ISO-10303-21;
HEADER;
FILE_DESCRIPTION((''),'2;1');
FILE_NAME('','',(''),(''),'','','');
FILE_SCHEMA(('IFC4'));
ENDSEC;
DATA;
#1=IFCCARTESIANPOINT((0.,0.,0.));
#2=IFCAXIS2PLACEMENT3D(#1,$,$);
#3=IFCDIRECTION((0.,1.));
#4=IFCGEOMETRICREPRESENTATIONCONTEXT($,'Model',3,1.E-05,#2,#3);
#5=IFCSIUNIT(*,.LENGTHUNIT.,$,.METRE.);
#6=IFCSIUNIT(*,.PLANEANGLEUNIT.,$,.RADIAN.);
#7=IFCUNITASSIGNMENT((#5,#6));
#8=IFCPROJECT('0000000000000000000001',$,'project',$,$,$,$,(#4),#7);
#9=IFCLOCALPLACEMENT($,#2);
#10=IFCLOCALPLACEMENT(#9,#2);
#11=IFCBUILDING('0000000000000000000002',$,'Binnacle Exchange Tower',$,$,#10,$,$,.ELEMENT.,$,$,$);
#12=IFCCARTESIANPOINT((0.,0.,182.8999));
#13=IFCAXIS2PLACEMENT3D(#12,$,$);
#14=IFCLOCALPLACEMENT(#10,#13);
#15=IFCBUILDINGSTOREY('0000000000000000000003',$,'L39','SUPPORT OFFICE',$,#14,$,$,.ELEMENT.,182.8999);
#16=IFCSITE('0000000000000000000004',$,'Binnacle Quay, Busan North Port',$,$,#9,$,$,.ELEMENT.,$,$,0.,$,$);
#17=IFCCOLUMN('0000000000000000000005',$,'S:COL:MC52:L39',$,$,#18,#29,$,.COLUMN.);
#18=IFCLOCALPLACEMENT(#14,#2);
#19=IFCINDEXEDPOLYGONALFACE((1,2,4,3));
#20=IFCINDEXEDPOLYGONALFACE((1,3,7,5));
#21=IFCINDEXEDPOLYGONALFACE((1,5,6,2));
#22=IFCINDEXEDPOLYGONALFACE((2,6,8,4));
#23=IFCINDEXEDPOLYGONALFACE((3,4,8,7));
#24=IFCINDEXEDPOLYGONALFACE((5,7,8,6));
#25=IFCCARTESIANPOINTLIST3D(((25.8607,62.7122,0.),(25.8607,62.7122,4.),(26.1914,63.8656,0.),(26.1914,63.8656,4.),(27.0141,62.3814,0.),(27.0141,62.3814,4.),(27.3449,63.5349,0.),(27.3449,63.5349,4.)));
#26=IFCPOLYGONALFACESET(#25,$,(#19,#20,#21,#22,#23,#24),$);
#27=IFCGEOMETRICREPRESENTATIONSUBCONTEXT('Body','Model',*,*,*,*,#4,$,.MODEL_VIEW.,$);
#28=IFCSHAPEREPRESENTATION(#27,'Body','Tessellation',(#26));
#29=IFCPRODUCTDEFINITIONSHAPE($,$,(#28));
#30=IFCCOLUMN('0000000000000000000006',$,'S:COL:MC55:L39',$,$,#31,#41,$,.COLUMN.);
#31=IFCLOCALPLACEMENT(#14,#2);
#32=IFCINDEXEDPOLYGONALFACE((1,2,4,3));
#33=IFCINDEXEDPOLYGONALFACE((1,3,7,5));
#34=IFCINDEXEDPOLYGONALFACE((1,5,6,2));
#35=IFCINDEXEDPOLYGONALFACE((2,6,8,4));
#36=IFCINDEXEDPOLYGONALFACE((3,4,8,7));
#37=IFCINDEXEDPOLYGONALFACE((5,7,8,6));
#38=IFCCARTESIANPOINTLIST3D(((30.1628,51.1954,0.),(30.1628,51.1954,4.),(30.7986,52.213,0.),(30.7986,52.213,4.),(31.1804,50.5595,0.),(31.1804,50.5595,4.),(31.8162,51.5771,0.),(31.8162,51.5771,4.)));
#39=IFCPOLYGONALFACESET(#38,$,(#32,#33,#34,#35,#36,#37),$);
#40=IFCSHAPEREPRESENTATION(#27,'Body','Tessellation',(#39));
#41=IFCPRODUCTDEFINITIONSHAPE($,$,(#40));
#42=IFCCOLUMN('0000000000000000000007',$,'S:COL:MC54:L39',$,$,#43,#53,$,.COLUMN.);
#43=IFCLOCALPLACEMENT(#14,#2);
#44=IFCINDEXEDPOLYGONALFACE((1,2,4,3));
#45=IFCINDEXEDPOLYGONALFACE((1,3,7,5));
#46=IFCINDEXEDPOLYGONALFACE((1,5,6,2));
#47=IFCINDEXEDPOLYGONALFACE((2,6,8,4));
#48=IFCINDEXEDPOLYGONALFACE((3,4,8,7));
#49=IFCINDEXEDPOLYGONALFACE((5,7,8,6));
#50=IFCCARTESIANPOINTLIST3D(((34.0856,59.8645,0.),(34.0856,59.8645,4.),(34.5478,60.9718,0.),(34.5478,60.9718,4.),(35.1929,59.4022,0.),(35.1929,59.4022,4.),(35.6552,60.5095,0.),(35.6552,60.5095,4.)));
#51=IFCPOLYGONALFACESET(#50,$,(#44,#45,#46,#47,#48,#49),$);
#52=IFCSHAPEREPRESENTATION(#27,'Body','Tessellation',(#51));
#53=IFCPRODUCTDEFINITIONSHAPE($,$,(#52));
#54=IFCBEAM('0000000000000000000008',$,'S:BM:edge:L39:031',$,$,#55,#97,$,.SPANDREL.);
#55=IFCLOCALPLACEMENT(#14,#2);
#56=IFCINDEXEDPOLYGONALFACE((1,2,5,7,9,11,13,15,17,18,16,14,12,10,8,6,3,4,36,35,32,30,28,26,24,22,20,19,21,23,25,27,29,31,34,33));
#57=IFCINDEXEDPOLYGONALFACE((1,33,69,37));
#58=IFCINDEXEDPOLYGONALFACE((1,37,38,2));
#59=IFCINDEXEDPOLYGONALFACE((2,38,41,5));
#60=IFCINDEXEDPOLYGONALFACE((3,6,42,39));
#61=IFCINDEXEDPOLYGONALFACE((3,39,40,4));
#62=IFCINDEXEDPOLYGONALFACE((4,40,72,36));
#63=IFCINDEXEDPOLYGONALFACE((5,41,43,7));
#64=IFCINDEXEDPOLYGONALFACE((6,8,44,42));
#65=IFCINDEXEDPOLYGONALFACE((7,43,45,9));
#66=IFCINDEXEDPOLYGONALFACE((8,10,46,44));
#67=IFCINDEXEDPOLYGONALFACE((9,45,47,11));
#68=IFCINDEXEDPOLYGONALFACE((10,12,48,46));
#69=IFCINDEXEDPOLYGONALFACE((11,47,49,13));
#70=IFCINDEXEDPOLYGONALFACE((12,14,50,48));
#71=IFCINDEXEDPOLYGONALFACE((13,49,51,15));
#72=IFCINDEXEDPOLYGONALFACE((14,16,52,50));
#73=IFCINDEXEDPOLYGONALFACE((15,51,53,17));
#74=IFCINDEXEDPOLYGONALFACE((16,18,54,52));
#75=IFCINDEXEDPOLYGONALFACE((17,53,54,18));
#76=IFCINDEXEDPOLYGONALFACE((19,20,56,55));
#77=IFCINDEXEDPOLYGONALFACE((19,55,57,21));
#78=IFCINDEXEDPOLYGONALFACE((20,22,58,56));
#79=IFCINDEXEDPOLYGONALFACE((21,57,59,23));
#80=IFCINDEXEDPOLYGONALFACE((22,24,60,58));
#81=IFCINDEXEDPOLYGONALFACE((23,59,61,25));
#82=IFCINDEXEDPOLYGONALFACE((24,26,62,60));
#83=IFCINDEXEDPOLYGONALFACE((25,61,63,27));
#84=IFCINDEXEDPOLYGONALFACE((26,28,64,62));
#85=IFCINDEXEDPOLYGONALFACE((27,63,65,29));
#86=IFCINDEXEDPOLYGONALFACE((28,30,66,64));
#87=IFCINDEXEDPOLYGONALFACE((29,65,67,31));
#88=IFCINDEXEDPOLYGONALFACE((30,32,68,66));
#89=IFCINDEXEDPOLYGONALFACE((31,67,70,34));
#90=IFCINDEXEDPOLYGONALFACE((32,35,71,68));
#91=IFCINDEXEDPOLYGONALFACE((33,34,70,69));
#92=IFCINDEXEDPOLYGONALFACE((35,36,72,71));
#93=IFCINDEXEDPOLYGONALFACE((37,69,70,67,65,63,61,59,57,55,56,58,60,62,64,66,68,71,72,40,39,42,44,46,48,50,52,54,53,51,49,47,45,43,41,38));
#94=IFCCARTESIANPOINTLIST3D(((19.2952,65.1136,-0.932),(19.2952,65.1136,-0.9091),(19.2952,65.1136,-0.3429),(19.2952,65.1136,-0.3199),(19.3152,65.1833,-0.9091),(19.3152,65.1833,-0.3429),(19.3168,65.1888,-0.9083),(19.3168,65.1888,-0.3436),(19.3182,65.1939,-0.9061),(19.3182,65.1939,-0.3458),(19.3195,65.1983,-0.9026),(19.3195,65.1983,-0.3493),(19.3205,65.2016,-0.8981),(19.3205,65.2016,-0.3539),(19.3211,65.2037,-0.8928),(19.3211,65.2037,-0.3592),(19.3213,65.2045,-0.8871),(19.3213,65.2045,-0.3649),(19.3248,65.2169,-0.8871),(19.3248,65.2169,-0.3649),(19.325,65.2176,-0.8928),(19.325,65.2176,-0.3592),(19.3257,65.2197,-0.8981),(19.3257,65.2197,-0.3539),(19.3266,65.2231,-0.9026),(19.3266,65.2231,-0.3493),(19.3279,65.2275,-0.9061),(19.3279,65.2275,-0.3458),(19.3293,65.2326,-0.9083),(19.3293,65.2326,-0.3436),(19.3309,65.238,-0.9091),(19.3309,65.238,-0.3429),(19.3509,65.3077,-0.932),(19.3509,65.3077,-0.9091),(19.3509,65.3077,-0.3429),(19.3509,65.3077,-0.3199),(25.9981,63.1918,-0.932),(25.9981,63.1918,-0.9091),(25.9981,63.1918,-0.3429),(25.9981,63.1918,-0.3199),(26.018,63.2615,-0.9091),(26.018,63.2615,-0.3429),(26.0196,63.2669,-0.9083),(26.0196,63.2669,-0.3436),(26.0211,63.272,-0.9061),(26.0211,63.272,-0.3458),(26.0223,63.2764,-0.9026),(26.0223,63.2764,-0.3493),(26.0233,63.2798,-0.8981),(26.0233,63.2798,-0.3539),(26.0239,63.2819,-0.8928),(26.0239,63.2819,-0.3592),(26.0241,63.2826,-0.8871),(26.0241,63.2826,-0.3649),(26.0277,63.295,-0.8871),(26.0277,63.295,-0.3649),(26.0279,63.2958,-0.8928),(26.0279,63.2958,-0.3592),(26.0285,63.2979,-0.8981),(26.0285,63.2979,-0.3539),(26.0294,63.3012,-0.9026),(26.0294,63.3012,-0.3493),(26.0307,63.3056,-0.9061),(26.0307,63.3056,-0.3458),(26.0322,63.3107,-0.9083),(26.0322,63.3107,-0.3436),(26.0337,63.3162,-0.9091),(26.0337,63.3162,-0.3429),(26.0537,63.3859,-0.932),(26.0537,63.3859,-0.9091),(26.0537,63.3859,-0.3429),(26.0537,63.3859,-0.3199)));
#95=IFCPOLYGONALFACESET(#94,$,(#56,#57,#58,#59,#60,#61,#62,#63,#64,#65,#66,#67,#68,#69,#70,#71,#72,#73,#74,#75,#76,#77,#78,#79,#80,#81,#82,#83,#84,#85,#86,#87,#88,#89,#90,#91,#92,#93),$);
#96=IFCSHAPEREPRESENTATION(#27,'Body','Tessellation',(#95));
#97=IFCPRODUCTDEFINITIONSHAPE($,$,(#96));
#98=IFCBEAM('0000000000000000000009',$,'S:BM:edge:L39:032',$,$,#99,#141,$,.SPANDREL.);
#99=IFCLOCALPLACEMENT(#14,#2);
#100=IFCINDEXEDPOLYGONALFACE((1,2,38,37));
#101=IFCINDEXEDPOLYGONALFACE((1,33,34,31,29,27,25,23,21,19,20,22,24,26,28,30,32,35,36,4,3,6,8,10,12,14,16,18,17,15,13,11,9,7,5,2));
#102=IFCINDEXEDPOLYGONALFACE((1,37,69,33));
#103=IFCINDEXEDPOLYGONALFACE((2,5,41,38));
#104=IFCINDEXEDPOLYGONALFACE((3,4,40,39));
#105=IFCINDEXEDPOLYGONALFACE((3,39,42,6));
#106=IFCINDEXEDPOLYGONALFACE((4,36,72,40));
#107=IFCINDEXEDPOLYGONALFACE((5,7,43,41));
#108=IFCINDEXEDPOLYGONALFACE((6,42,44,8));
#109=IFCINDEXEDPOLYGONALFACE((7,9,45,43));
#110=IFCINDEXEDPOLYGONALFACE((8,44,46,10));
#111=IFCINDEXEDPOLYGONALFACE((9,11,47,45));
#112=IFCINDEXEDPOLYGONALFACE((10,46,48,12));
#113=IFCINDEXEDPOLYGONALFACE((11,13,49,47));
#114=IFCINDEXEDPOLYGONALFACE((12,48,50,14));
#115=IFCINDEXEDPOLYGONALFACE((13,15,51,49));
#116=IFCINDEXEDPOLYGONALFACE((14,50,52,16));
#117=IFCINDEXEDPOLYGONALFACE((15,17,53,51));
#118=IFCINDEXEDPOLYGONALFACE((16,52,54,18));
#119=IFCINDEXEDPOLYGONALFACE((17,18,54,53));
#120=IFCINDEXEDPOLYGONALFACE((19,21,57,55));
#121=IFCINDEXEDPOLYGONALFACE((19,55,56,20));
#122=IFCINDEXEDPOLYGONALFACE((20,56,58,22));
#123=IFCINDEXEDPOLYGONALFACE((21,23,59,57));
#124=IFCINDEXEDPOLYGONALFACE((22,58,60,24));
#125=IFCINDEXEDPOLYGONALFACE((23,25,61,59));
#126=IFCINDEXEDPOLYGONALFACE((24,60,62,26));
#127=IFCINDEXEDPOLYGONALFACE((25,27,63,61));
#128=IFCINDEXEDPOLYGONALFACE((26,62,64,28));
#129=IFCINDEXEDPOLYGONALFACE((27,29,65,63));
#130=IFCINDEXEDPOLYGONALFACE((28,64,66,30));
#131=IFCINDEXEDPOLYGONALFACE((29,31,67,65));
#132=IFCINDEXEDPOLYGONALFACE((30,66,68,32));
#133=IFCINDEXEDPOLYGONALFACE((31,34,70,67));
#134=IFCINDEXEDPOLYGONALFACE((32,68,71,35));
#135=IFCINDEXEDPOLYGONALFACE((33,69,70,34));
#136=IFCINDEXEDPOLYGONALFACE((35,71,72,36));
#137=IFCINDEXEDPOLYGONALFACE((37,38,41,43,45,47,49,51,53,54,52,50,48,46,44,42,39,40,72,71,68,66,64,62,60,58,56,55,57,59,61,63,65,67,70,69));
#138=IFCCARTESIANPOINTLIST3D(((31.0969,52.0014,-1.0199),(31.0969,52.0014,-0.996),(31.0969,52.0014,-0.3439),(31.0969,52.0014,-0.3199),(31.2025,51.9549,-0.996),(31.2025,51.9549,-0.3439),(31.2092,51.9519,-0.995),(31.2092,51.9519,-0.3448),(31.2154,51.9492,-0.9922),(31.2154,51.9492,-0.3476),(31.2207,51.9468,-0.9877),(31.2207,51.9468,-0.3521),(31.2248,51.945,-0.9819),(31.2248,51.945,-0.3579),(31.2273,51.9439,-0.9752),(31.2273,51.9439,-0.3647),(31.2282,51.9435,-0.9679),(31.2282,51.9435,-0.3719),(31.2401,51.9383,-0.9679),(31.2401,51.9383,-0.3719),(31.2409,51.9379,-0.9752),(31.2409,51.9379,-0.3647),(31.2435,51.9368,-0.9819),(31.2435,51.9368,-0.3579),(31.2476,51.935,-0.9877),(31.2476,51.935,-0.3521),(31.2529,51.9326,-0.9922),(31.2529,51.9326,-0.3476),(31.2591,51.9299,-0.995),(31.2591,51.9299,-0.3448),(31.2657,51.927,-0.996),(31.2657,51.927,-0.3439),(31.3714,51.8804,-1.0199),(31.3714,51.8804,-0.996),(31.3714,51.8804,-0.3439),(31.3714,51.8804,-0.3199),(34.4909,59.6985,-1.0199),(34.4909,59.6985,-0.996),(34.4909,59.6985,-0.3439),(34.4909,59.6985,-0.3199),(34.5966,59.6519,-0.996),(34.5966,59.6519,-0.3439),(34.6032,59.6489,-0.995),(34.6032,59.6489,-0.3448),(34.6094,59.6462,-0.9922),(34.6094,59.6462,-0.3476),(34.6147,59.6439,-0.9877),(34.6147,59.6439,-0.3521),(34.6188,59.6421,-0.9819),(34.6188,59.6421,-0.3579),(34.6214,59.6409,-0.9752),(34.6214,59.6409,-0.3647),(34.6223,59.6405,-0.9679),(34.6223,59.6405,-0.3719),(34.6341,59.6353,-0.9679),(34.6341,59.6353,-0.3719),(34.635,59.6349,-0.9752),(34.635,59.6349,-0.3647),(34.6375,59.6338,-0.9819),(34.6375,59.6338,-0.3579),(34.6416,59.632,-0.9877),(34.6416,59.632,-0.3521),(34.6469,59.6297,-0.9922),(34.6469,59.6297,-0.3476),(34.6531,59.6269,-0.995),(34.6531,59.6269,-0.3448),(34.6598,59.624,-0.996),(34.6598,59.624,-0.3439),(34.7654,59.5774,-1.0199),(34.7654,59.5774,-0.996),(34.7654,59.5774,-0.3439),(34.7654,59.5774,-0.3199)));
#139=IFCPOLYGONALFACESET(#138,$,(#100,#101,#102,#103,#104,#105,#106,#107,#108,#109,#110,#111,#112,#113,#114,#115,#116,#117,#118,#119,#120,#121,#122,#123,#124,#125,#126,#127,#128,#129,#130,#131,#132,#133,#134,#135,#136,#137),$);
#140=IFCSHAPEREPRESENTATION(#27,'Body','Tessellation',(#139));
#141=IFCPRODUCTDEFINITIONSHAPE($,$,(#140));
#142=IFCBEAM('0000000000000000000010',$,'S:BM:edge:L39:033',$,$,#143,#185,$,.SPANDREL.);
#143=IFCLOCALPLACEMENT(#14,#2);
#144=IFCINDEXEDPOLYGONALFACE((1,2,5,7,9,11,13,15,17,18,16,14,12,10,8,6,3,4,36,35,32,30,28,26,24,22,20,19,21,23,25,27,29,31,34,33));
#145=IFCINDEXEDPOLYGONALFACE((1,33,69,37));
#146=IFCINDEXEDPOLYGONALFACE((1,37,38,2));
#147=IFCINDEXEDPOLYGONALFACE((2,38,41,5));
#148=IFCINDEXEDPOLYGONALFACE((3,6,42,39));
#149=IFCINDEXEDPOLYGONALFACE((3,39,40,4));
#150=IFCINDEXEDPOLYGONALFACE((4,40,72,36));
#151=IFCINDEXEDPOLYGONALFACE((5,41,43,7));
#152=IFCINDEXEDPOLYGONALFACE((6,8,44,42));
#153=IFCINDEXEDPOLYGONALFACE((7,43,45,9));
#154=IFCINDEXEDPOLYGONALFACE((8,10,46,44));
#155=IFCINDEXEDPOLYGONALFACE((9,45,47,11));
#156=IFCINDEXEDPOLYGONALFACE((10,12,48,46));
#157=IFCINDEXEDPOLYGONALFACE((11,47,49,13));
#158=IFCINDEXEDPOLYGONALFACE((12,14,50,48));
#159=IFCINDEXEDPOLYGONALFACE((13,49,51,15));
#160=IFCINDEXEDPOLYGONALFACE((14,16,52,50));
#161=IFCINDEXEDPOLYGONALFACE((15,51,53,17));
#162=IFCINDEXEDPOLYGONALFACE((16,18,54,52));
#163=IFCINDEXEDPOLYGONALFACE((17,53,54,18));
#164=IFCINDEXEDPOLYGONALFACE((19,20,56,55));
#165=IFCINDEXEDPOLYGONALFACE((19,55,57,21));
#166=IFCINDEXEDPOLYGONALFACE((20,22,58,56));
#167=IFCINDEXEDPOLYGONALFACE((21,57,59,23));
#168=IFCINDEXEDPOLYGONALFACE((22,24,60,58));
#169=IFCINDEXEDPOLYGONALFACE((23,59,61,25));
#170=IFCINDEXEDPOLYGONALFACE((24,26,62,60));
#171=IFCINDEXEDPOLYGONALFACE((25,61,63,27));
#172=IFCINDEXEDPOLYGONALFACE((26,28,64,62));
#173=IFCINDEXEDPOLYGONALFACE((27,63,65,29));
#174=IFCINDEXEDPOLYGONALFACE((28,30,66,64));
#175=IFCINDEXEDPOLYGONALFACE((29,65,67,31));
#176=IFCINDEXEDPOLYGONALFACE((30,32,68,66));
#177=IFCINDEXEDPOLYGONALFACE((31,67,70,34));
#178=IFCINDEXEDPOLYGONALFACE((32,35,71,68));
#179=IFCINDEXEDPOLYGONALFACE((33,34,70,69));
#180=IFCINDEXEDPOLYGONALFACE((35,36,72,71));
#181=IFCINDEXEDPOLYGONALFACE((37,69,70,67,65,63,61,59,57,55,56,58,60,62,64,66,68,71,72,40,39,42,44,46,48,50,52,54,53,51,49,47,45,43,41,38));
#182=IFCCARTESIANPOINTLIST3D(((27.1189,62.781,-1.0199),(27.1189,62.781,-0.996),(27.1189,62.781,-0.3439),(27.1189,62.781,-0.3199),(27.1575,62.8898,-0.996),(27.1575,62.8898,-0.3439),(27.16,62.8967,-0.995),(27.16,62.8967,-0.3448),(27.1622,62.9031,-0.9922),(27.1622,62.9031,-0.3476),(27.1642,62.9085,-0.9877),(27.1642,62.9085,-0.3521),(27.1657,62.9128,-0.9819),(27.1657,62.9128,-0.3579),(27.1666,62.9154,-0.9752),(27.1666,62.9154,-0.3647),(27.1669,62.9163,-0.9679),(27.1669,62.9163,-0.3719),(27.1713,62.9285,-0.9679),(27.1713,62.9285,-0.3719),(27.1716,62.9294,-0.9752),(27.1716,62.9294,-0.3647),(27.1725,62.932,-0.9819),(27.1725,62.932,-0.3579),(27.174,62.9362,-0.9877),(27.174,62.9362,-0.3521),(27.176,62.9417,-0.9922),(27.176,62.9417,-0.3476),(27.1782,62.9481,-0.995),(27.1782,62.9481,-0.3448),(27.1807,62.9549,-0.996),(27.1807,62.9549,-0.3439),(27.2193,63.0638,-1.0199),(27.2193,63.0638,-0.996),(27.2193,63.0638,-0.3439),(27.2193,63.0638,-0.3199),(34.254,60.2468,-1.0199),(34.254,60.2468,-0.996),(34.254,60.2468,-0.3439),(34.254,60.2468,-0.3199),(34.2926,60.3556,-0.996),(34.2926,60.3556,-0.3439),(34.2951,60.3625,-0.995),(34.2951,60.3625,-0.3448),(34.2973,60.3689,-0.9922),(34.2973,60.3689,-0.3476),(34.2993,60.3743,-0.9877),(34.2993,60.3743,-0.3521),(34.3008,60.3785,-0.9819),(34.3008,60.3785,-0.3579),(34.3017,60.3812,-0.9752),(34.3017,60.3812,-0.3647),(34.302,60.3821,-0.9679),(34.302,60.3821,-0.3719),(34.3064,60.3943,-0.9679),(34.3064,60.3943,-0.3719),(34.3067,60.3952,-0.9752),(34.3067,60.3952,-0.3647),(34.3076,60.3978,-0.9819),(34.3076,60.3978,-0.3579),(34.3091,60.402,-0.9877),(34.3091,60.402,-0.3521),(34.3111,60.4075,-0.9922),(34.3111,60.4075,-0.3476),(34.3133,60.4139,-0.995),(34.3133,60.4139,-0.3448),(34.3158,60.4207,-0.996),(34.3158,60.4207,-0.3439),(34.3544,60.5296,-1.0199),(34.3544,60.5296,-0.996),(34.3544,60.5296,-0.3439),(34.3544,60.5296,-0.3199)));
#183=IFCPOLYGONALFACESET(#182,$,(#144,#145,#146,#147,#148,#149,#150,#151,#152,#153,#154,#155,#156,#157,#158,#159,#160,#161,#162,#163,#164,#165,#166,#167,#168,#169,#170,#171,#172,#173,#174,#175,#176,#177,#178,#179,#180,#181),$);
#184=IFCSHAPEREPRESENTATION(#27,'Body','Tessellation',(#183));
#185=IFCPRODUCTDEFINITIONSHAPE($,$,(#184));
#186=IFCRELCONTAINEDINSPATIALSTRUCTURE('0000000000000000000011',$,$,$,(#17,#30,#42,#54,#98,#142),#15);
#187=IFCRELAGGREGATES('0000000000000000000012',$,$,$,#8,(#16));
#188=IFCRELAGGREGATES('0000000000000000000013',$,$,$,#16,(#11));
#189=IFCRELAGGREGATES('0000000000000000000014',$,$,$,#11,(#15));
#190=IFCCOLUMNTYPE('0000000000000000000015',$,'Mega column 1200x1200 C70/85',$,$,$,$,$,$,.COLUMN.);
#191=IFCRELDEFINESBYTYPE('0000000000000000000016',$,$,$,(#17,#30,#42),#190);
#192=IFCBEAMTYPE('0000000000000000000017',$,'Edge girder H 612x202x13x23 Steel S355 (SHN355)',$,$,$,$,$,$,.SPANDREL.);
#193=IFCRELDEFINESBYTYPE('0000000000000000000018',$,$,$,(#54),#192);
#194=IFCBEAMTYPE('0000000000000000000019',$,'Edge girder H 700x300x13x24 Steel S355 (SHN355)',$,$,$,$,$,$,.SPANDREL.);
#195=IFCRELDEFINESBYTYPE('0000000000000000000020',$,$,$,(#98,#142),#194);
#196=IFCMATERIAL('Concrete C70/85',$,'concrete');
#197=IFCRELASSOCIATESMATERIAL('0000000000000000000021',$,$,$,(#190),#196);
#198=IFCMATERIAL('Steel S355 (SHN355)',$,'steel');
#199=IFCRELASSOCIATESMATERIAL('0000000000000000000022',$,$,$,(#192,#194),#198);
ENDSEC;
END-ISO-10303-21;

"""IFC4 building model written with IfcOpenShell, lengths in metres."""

from ifc_helpers import new_model, si_unit, direction, frame, origin, origin_2d, place, context, subcontext, project, spatial, rectangle, i_section, extrude, material, material_profile, profile_set, type_object, element, save


model = new_model("IFC4")

# Units and contexts
model_context = context("Model", 3, precision=1e-05, world=origin(), true_north=direction((0.0, 1.0)))
body_context = subcontext(model_context, "Body", "Model", "MODEL_VIEW")
ifc_project = project(units=[si_unit("LENGTHUNIT", "METRE"), si_unit("PLANEANGLEUNIT", "RADIAN")], contexts=[model_context])

# Site, building, storey
site_placement = place(None, origin())
site = spatial("IfcSite", under=ifc_project, at=site_placement, Name="Binnacle Quay, Busan North Port", CompositionType="ELEMENT", RefElevation=0.0)
building_placement = place(site_placement, origin())
building = spatial("IfcBuilding", under=site, at=building_placement, Name="Binnacle Exchange Tower", CompositionType="ELEMENT")
storey_placement = place(building_placement, frame((0.0, 0.0, 182.8999)))
storey = spatial("IfcBuildingStorey", under=building, at=storey_placement, Name="L39", Description="SUPPORT OFFICE", CompositionType="ELEMENT", Elevation=182.8999)

# Columns
ifc_material_1 = material(Name="Concrete C70/85", Category="concrete")
ifc_material_profile_1 = material_profile(ifc_material_1, rectangle(XDim=1.2, YDim=1.2, at=origin_2d()), Name="Mega column 1200x1200 C70/85")
ifc_profile_set_1 = profile_set([ifc_material_profile_1], Name="Concrete C70/85")
column_type = type_object("IfcColumnType", Name="Mega column 1200x1200 C70/85", PredefinedType="COLUMN", material=ifc_profile_set_1)
for number, where, z_axis, x_axis, name in (
    (1, (26.6028, 63.1235, 0.0), (0.0, 0.0, 1.0), (-0.961262, 0.275637, 0.0), "S:COL:MC52:L39"),
    (2, (30.9895, 51.3862, 0.0), (0.0, 0.0, 1.0), (0.529919, 0.848048, 0.0), "S:COL:MC55:L39"),
    (3, (34.8704, 60.187, 0.0), (0.0, 0.0, 1.0), (-0.922814, 0.385246, 0.0), "S:COL:MC54:L39"),
):
    element("IfcColumn", number, at=place(storey_placement, frame(where, z_axis=z_axis, x_axis=x_axis)), inside=storey, type_object=column_type, Name=name, PredefinedType="COLUMN", context=body_context, shape_type="SweptSolid", body=[
        extrude(rectangle(XDim=1.2, YDim=1.2, at=origin_2d()), origin(), (0.0, 0.0, 1.0), 4.0),
    ])

# Beams
ifc_material_2 = material(Name="Steel S355 (SHN355)", Category="steel")
ifc_material_profile_2 = material_profile(ifc_material_2, i_section(OverallWidth=0.2019, OverallDepth=0.6121, WebThickness=0.0129, FlangeThickness=0.0229, FilletRadius=0.022, at=origin_2d()), Name="H 612x202x13x23")
ifc_profile_set_2 = profile_set([ifc_material_profile_2], Name="Steel S355 (SHN355)")
beam_type_1 = type_object("IfcBeamType", Name="Edge girder H 612x202x13x23 Steel S355 (SHN355)", PredefinedType="SPANDREL", material=ifc_profile_set_2)
beam_1_placement = place(storey_placement, frame((26.0259, 63.2888, -0.626), z_axis=(-0.961267, 0.275618, 0.0), x_axis=(-0.275618, -0.961267, 0.0)))
element("IfcBeam", 4, at=beam_1_placement, inside=storey, type_object=beam_type_1, Name="S:BM:edge:L39:031", PredefinedType="SPANDREL", context=body_context, shape_type="SweptSolid", body=[
    extrude(i_section(OverallWidth=0.2019, OverallDepth=0.6121, WebThickness=0.0129, FlangeThickness=0.0229, FilletRadius=0.022, at=origin_2d()), origin(), (0.0, 0.0, 1.0), 6.9729),
])
ifc_material_profile_3 = material_profile(ifc_material_2, i_section(OverallWidth=0.3, OverallDepth=0.7, WebThickness=0.0129, FlangeThickness=0.0239, FilletRadius=0.0281, at=origin_2d()), Name="H 700x300x13x24")
ifc_profile_set_3 = profile_set([ifc_material_profile_3], Name="Steel S355 (SHN355)")
beam_type_2 = type_object("IfcBeamType", Name="Edge girder H 700x300x13x24 Steel S355 (SHN355)", PredefinedType="SPANDREL", material=ifc_profile_set_3)
beam_2_placement = place(storey_placement, frame((31.2341, 51.9409, -0.6699), z_axis=(0.403471, 0.914992, 0.0), x_axis=(-0.914992, 0.403471, 0.0)))
element("IfcBeam", 5, at=beam_2_placement, inside=storey, type_object=beam_type_2, Name="S:BM:edge:L39:032", PredefinedType="SPANDREL", context=body_context, shape_type="SweptSolid", body=[
    extrude(i_section(OverallWidth=0.3, OverallDepth=0.7, WebThickness=0.0129, FlangeThickness=0.0239, FilletRadius=0.0281, at=origin_2d()), origin(), (0.0, 0.0, 1.0), 8.4121),
])
beam_3_placement = place(storey_placement, frame((34.3042, 60.3882, -0.6699), z_axis=(-0.942328, 0.334692, 0.0), x_axis=(-0.334692, -0.942328, 0.0)))
element("IfcBeam", 6, at=beam_3_placement, inside=storey, type_object=beam_type_2, Name="S:BM:edge:L39:033", PredefinedType="SPANDREL", context=body_context, shape_type="SweptSolid", body=[
    extrude(i_section(OverallWidth=0.3, OverallDepth=0.7, WebThickness=0.0129, FlangeThickness=0.0239, FilletRadius=0.0281, at=origin_2d()), origin(), (0.0, 0.0, 1.0), 7.5718),
])

save(model, "model.ifc")
